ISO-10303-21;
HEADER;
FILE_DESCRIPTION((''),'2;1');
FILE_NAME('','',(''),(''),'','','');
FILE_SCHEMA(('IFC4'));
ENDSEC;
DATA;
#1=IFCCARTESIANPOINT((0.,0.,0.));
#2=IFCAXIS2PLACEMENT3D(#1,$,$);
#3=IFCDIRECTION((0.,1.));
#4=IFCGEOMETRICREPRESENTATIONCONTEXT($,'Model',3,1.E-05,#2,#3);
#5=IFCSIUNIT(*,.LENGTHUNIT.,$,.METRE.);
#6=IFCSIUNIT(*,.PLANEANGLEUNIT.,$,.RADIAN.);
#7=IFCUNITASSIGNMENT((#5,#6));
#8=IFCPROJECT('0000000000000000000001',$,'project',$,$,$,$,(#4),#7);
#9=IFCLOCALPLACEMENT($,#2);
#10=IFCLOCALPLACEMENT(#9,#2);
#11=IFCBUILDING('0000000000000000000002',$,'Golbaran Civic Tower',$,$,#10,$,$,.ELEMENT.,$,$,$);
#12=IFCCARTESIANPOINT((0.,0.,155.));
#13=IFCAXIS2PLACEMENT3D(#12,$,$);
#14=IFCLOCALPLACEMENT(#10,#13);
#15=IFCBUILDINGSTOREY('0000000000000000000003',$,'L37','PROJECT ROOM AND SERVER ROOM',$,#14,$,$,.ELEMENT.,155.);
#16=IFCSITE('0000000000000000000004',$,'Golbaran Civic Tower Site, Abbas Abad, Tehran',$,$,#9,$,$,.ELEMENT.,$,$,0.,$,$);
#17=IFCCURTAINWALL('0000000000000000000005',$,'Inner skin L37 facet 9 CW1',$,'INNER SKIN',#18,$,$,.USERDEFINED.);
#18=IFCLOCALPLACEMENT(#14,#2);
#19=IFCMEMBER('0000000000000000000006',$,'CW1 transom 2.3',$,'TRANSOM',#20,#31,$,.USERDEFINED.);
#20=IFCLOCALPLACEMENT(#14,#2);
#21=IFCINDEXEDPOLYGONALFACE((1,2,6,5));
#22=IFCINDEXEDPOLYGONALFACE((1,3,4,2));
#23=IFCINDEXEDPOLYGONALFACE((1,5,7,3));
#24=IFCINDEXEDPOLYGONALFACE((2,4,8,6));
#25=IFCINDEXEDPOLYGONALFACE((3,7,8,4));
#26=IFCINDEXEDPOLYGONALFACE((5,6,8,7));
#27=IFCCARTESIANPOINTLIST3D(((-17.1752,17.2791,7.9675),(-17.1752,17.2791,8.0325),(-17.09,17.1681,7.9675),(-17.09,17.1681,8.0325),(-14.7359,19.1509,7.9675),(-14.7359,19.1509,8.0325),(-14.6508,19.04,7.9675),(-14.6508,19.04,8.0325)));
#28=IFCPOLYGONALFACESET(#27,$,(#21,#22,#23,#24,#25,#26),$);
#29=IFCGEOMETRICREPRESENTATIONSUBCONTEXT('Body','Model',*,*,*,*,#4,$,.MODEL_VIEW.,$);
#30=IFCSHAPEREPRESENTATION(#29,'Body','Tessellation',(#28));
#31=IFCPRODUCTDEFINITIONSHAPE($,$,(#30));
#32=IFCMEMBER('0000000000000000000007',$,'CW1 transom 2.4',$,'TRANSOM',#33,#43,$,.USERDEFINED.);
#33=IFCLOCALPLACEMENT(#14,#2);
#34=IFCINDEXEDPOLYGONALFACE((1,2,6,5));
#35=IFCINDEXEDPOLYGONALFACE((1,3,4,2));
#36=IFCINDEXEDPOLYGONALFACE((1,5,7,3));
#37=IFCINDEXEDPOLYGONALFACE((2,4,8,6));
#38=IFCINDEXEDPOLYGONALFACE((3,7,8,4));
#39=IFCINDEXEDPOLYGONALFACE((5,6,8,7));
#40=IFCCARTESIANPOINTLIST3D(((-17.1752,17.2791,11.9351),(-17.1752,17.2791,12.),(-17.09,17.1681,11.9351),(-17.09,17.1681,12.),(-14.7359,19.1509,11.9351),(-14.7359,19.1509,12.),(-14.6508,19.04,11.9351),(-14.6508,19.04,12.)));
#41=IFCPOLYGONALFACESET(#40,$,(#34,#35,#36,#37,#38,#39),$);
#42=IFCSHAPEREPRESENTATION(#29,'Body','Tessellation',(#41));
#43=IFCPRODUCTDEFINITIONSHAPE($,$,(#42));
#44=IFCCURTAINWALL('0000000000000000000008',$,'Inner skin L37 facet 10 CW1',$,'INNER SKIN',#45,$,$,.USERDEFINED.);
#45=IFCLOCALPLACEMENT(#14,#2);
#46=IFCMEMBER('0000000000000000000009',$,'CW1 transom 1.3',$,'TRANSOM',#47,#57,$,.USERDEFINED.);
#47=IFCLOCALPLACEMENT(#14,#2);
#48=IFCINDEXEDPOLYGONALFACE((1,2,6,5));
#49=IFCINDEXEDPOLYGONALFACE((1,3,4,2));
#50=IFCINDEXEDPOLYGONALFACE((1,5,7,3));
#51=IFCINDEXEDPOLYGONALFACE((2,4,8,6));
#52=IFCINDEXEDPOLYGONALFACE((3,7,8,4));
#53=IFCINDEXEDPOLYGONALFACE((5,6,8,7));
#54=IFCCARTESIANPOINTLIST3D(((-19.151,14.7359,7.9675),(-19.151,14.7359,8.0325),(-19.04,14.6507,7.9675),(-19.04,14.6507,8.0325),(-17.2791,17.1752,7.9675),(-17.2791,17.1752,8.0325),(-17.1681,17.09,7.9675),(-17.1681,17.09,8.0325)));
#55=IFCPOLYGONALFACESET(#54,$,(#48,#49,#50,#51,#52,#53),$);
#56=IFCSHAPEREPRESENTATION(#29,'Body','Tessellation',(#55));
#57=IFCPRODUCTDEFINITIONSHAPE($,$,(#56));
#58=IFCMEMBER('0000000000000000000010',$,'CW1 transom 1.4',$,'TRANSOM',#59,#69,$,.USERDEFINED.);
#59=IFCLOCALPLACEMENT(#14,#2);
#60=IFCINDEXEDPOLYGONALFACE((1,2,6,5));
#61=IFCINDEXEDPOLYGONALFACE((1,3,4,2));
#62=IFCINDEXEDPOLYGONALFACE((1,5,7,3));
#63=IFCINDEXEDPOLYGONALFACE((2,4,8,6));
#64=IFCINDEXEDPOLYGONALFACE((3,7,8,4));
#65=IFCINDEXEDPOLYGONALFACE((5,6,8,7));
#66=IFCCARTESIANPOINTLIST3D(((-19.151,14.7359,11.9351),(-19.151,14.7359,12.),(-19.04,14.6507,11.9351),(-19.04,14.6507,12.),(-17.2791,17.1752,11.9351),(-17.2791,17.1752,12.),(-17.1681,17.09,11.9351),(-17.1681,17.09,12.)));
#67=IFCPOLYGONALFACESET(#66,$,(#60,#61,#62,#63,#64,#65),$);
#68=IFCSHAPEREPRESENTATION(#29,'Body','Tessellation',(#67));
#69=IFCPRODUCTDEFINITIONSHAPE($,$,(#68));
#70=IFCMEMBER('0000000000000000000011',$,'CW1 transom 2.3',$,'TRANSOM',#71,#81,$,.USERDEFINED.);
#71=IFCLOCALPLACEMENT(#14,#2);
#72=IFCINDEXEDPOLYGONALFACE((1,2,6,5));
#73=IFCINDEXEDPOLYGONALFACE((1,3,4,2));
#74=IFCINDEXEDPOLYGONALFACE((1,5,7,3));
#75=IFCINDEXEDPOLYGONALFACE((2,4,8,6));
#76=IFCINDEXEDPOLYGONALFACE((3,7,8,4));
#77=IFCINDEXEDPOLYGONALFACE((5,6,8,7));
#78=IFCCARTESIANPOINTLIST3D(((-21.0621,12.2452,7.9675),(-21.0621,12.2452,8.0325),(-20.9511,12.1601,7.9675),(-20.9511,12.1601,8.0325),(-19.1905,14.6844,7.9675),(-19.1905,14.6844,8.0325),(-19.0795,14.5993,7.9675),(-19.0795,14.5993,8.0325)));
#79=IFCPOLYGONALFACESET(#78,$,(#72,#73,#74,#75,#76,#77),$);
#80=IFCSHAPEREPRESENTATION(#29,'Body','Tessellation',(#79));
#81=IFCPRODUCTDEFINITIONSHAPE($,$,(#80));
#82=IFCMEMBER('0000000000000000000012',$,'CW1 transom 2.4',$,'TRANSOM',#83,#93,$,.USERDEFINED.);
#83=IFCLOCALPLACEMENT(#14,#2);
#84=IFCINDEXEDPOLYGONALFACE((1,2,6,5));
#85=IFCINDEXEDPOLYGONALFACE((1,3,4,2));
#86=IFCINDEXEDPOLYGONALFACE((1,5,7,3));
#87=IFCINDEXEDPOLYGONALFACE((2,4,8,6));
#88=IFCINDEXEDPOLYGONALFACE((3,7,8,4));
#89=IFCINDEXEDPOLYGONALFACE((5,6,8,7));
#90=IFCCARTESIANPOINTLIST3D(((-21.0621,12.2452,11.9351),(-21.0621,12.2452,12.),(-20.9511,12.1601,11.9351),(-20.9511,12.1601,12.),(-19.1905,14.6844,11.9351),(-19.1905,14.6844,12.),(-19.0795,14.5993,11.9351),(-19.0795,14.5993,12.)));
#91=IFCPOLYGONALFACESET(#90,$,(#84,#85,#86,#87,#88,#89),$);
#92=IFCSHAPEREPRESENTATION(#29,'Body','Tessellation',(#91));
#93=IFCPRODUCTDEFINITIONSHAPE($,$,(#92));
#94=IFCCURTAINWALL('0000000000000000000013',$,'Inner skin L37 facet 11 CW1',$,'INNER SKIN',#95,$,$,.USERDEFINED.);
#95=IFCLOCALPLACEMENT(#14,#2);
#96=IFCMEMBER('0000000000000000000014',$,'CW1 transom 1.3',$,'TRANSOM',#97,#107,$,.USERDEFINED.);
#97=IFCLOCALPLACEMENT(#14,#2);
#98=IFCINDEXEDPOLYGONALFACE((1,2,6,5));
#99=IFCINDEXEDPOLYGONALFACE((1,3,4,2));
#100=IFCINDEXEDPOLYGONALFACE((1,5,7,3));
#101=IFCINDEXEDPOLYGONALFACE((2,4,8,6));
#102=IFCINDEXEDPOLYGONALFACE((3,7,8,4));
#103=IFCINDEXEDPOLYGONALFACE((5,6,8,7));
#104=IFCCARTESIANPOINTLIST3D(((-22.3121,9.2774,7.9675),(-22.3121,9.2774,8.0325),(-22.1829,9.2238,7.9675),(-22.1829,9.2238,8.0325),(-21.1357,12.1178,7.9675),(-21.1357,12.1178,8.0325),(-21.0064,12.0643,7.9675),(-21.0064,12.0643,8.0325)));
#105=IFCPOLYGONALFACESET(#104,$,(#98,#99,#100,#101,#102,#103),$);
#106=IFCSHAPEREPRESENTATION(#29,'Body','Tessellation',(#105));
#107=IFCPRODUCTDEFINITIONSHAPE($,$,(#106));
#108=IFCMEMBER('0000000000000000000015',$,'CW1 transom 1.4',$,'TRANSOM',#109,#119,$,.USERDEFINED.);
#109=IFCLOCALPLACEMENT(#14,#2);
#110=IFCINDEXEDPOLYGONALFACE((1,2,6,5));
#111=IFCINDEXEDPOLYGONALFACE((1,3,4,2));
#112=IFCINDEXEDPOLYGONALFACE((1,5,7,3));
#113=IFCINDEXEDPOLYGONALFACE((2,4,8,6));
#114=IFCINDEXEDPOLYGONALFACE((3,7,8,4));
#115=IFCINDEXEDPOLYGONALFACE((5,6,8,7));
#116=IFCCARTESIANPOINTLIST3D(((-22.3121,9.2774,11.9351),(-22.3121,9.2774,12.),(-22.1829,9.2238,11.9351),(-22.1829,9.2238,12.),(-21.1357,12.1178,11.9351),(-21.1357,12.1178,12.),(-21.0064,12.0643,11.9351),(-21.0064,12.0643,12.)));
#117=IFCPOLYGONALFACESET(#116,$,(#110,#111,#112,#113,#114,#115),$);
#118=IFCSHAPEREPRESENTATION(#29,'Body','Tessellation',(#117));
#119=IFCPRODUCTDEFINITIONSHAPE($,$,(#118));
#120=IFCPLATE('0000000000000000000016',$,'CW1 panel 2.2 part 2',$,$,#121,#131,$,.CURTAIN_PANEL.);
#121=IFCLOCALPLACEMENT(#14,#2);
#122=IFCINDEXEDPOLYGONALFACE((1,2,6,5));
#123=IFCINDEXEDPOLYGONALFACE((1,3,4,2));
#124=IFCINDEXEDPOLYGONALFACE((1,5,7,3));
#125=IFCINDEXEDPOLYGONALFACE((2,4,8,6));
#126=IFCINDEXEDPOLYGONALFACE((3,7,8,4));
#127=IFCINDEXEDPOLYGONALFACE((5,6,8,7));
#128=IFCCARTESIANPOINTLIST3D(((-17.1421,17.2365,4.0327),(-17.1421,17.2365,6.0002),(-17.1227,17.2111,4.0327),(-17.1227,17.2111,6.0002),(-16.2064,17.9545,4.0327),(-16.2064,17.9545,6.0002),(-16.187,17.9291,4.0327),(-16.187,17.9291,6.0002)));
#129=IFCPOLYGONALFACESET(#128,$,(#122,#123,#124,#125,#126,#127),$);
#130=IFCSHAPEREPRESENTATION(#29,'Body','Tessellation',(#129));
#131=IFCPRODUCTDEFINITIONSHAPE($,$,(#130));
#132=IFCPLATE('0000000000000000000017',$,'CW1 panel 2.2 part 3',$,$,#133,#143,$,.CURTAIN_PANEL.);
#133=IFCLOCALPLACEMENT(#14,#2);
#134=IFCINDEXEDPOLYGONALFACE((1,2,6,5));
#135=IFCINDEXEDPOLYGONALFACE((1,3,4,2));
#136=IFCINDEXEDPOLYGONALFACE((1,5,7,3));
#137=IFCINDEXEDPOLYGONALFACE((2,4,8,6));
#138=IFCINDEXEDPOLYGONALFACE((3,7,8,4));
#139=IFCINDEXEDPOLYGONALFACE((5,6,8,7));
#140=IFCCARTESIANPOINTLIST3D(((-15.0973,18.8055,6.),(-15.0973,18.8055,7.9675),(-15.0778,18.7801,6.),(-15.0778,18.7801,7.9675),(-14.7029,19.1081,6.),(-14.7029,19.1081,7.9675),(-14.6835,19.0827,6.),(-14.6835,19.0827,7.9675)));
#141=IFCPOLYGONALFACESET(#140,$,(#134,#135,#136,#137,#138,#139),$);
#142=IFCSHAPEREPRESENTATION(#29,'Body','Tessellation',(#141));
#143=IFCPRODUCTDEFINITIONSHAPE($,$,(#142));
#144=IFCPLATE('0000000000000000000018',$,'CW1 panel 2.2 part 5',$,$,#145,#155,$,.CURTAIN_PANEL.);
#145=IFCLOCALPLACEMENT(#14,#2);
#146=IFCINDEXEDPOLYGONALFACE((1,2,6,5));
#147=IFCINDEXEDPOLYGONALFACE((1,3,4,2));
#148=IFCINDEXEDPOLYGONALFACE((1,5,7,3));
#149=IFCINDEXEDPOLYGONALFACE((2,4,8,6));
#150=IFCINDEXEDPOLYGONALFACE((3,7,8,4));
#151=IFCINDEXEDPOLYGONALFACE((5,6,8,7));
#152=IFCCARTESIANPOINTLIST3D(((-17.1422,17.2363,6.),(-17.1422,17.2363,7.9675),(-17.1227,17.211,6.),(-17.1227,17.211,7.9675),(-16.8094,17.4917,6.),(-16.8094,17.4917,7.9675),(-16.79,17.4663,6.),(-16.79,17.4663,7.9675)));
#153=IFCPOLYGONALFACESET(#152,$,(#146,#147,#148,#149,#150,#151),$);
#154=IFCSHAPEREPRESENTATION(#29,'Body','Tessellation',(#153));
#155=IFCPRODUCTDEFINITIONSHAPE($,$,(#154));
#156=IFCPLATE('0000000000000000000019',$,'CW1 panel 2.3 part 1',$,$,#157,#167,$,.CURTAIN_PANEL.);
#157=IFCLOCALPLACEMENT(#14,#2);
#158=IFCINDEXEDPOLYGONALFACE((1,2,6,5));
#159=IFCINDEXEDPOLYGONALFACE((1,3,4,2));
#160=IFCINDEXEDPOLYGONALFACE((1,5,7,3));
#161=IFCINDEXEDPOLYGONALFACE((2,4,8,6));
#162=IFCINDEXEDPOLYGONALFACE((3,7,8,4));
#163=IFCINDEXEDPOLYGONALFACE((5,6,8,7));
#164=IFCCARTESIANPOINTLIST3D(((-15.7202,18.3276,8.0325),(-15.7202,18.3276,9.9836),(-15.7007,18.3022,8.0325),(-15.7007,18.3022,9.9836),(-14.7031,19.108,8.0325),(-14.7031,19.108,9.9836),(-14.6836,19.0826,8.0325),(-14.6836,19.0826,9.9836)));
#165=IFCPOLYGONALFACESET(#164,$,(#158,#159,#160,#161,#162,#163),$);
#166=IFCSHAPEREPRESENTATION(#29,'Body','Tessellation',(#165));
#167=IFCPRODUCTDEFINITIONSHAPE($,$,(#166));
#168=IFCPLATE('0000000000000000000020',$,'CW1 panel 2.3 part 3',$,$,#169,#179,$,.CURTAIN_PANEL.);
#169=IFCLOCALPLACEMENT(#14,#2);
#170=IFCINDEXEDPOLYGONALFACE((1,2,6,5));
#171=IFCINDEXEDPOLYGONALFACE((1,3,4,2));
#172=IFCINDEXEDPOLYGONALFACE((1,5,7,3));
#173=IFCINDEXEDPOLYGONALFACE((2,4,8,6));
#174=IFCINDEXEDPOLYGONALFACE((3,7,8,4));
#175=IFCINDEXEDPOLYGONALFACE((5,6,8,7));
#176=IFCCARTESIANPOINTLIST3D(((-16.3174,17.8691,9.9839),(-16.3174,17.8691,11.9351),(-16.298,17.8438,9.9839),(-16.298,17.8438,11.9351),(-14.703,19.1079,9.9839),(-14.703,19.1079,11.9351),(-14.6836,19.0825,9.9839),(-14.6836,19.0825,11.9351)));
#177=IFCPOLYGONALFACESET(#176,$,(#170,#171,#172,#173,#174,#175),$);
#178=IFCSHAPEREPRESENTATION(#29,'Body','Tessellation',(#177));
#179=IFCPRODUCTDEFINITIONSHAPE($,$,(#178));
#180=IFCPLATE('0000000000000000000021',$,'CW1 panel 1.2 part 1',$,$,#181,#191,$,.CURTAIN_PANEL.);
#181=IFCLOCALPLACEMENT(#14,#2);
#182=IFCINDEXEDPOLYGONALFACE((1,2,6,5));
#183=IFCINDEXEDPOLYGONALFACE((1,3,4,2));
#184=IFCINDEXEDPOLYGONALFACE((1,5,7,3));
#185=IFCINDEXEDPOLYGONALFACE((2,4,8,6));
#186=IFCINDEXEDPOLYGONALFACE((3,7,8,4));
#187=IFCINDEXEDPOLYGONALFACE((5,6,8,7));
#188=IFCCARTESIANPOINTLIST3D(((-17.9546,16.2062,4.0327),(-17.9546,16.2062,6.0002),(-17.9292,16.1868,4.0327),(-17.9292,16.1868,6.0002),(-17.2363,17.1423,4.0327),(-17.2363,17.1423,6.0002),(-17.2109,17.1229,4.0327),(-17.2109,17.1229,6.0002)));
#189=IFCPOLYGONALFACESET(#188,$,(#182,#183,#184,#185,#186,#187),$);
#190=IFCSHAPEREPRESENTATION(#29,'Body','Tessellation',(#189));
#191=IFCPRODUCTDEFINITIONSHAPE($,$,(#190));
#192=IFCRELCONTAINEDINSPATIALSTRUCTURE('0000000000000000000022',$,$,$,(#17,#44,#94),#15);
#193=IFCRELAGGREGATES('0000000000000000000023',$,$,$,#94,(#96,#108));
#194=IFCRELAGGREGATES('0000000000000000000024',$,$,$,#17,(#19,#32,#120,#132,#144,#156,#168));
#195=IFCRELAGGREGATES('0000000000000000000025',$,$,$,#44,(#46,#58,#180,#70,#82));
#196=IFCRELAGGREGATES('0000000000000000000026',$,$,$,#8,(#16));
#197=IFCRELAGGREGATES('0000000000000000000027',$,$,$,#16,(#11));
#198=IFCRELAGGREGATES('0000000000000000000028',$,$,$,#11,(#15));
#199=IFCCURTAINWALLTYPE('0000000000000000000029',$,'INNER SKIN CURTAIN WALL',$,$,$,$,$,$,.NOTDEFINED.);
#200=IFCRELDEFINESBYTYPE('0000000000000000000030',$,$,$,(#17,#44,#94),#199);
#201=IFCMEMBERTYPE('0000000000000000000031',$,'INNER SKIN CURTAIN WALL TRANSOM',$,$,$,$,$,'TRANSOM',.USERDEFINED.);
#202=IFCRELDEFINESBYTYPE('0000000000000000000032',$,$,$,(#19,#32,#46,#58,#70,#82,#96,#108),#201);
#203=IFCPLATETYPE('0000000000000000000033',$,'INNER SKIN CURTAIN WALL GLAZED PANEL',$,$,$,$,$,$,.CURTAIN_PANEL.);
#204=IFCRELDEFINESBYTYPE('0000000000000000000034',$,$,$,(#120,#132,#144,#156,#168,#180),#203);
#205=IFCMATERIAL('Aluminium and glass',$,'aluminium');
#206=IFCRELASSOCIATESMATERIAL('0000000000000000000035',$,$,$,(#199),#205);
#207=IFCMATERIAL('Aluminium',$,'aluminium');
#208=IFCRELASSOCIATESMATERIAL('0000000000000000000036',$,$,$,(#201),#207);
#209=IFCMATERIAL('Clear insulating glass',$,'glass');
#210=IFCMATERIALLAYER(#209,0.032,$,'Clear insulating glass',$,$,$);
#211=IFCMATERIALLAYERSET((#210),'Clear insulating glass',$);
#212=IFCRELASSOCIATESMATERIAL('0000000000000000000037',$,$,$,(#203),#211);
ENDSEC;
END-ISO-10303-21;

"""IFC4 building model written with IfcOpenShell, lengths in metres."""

from ifc_helpers import new_model, si_unit, direction, frame, origin, origin_2d, place, context, subcontext, project, spatial, rectangle, extrude, material, layer, layer_set, material_profile, profile_set, type_object, element, aggregate, save


model = new_model("IFC4")

# Units and contexts
model_context = context("Model", 3, precision=1e-05, world=origin(), true_north=direction((0.0, 1.0)))
body_context = subcontext(model_context, "Body", "Model", "MODEL_VIEW")
ifc_project = project(units=[si_unit("LENGTHUNIT", "METRE"), si_unit("PLANEANGLEUNIT", "RADIAN")], contexts=[model_context])

# Site, building, storey
site_placement = place(None, origin())
site = spatial("IfcSite", under=ifc_project, at=site_placement, Name="Golbaran Civic Tower Site, Abbas Abad, Tehran", CompositionType="ELEMENT", RefElevation=0.0)
building_placement = place(site_placement, origin())
building = spatial("IfcBuilding", under=site, at=building_placement, Name="Golbaran Civic Tower", CompositionType="ELEMENT")
storey_placement = place(building_placement, frame((0.0, 0.0, 155.0)))
storey = spatial("IfcBuildingStorey", under=building, at=storey_placement, Name="L37", Description="PROJECT ROOM AND SERVER ROOM", CompositionType="ELEMENT", Elevation=155.0)

# Curtain walls, members
ifc_material_1 = material(Name="Aluminium and glass", Category="aluminium")
curtain_wall_type = type_object("IfcCurtainWallType", Name="INNER SKIN CURTAIN WALL", PredefinedType="NOTDEFINED", material=ifc_material_1)
curtain_wall_1_placement = place(storey_placement, origin())
curtain_wall_1 = element("IfcCurtainWall", 1, at=curtain_wall_1_placement, inside=storey, type_object=curtain_wall_type, Name="Inner skin L37 facet 9 CW1", ObjectType="INNER SKIN", PredefinedType="USERDEFINED")
ifc_material_2 = material(Name="Aluminium", Category="aluminium")
ifc_material_profile = material_profile(ifc_material_2, rectangle(XDim=0.1399, YDim=0.0649, at=origin_2d()), Name="INNER SKIN CURTAIN WALL TRANSOM")
ifc_profile_set = profile_set([ifc_material_profile], Name="Aluminium")
member_type = type_object("IfcMemberType", Name="INNER SKIN CURTAIN WALL TRANSOM", ElementType="TRANSOM", PredefinedType="USERDEFINED", material=ifc_profile_set)
member_1_placement = place(storey_placement, frame((-14.6934, 19.0955, 8.0), z_axis=(-0.793329, -0.608793, 0.0), x_axis=(0.608793, -0.793329, 0.0)))
member_1 = element("IfcMember", 2, at=member_1_placement, type_object=member_type, Name="CW1 transom 2.3", ObjectType="TRANSOM", PredefinedType="USERDEFINED", context=body_context, shape_type="SweptSolid", body=[
    extrude(rectangle(XDim=0.1399, YDim=0.0649, at=origin_2d()), origin(), (0.0, 0.0, 1.0), 3.0747),
])
member_2_placement = place(storey_placement, frame((-14.6934, 19.0955, 11.9675), z_axis=(-0.793329, -0.608793, 0.0), x_axis=(0.608793, -0.793329, 0.0)))
member_2 = element("IfcMember", 3, at=member_2_placement, type_object=member_type, Name="CW1 transom 2.4", ObjectType="TRANSOM", PredefinedType="USERDEFINED", context=body_context, shape_type="SweptSolid", body=[
    extrude(rectangle(XDim=0.1399, YDim=0.0649, at=origin_2d()), origin(), (0.0, 0.0, 1.0), 3.0747),
])
curtain_wall_2_placement = place(storey_placement, origin())
curtain_wall_2 = element("IfcCurtainWall", 4, at=curtain_wall_2_placement, inside=storey, type_object=curtain_wall_type, Name="Inner skin L37 facet 10 CW1", ObjectType="INNER SKIN", PredefinedType="USERDEFINED")
member_3_placement = place(storey_placement, frame((-17.2236, 17.1326, 8.0), z_axis=(-0.608793, -0.793329, 0.0), x_axis=(0.793329, -0.608793, 0.0)))
member_3 = element("IfcMember", 5, at=member_3_placement, type_object=member_type, Name="CW1 transom 1.3", ObjectType="TRANSOM", PredefinedType="USERDEFINED", context=body_context, shape_type="SweptSolid", body=[
    extrude(rectangle(XDim=0.1399, YDim=0.0649, at=origin_2d()), origin(), (0.0, 0.0, 1.0), 3.0747),
])
member_4_placement = place(storey_placement, frame((-17.2236, 17.1326, 11.9675), z_axis=(-0.608793, -0.793329, 0.0), x_axis=(0.793329, -0.608793, 0.0)))
member_4 = element("IfcMember", 6, at=member_4_placement, type_object=member_type, Name="CW1 transom 1.4", ObjectType="TRANSOM", PredefinedType="USERDEFINED", context=body_context, shape_type="SweptSolid", body=[
    extrude(rectangle(XDim=0.1399, YDim=0.0649, at=origin_2d()), origin(), (0.0, 0.0, 1.0), 3.0747),
])
member_5_placement = place(storey_placement, frame((-19.135, 14.6418, 8.0), z_axis=(-0.608743, -0.793367, 0.0), x_axis=(0.793367, -0.608743, 0.0)))
member_5 = element("IfcMember", 7, at=member_5_placement, type_object=member_type, Name="CW1 transom 2.3", ObjectType="TRANSOM", PredefinedType="USERDEFINED", context=body_context, shape_type="SweptSolid", body=[
    extrude(rectangle(XDim=0.1399, YDim=0.0649, at=origin_2d()), origin(), (0.0, 0.0, 1.0), 3.0745),
])
member_6_placement = place(storey_placement, frame((-19.135, 14.6418, 11.9675), z_axis=(-0.608743, -0.793367, 0.0), x_axis=(0.793367, -0.608743, 0.0)))
member_6 = element("IfcMember", 8, at=member_6_placement, type_object=member_type, Name="CW1 transom 2.4", ObjectType="TRANSOM", PredefinedType="USERDEFINED", context=body_context, shape_type="SweptSolid", body=[
    extrude(rectangle(XDim=0.1399, YDim=0.0649, at=origin_2d()), origin(), (0.0, 0.0, 1.0), 3.0745),
])
curtain_wall_3_placement = place(storey_placement, origin())
curtain_wall_3 = element("IfcCurtainWall", 9, at=curtain_wall_3_placement, inside=storey, type_object=curtain_wall_type, Name="Inner skin L37 facet 11 CW1", ObjectType="INNER SKIN", PredefinedType="USERDEFINED")
member_7_placement = place(storey_placement, frame((-21.071, 12.0911, 8.0), z_axis=(-0.382658, -0.92389, 0.0), x_axis=(0.92389, -0.382658, 0.0)))
member_7 = element("IfcMember", 10, at=member_7_placement, type_object=member_type, Name="CW1 transom 1.3", ObjectType="TRANSOM", PredefinedType="USERDEFINED", context=body_context, shape_type="SweptSolid", body=[
    extrude(rectangle(XDim=0.1399, YDim=0.0649, at=origin_2d()), origin(), (0.0, 0.0, 1.0), 3.0745),
])
member_8_placement = place(storey_placement, frame((-21.071, 12.0911, 11.9675), z_axis=(-0.382658, -0.92389, 0.0), x_axis=(0.92389, -0.382658, 0.0)))
member_8 = element("IfcMember", 11, at=member_8_placement, type_object=member_type, Name="CW1 transom 1.4", ObjectType="TRANSOM", PredefinedType="USERDEFINED", context=body_context, shape_type="SweptSolid", body=[
    extrude(rectangle(XDim=0.1399, YDim=0.0649, at=origin_2d()), origin(), (0.0, 0.0, 1.0), 3.0745),
])

# Plates
ifc_material_3 = material(Name="Clear insulating glass", Category="glass")
ifc_layer_1 = layer(ifc_material_3, 0.032, Name="Clear insulating glass")
ifc_layer_set_1 = layer_set([ifc_layer_1], Name="Clear insulating glass")
plate_type_1 = type_object("IfcPlateType", Name="INNER SKIN CURTAIN WALL GLAZED PANEL", PredefinedType="CURTAIN_PANEL", material=ifc_layer_set_1)
plate_1_placement = place(storey_placement, frame((-16.6646, 17.5828, 4.0327), z_axis=(0.0, 0.0, 1.0), x_axis=(-0.793353, -0.608761, 0.0)))
plate_1 = element("IfcPlate", 12, at=plate_1_placement, type_object=plate_type_1, Name="CW1 panel 2.2 part 2", PredefinedType="CURTAIN_PANEL", context=body_context, shape_type="SweptSolid", body=[
    extrude(rectangle(XDim=1.1794, YDim=0.032, at=origin_2d()), origin(), (0.0, 0.0, 1.0), 1.9675),
])
plate_2_placement = place(storey_placement, frame((-14.8904, 18.9441, 6.0), z_axis=(0.0, 0.0, 1.0), x_axis=(-0.793353, -0.608761, 0.0)))
plate_2 = element("IfcPlate", 13, at=plate_2_placement, type_object=plate_type_1, Name="CW1 panel 2.2 part 3", PredefinedType="CURTAIN_PANEL", context=body_context, shape_type="SweptSolid", body=[
    extrude(rectangle(XDim=0.4971, YDim=0.032, at=origin_2d()), origin(), (0.0, 0.0, 1.0), 1.9675),
])
plate_3_placement = place(storey_placement, frame((-16.9661, 17.3513, 6.0), z_axis=(0.0, 0.0, 1.0), x_axis=(-0.793353, -0.608761, 0.0)))
plate_3 = element("IfcPlate", 14, at=plate_3_placement, type_object=plate_type_1, Name="CW1 panel 2.2 part 5", PredefinedType="CURTAIN_PANEL", context=body_context, shape_type="SweptSolid", body=[
    extrude(rectangle(XDim=0.4194, YDim=0.032, at=origin_2d()), origin(), (0.0, 0.0, 1.0), 1.9675),
])
plate_4_placement = place(storey_placement, frame((-15.2019, 18.7051, 8.0325), z_axis=(0.0, 0.0, 1.0), x_axis=(-0.793353, -0.608761, 0.0)))
plate_4 = element("IfcPlate", 15, at=plate_4_placement, type_object=plate_type_1, Name="CW1 panel 2.3 part 1", PredefinedType="CURTAIN_PANEL", context=body_context, shape_type="SweptSolid", body=[
    extrude(rectangle(XDim=1.282, YDim=0.032, at=origin_2d()), origin(), (0.0, 0.0, 1.0), 1.9512),
])
plate_5_placement = place(storey_placement, frame((-15.5005, 18.4758, 9.9839), z_axis=(0.0, 0.0, 1.0), x_axis=(-0.793353, -0.608761, 0.0)))
plate_5 = element("IfcPlate", 16, at=plate_5_placement, type_object=plate_type_1, Name="CW1 panel 2.3 part 3", PredefinedType="CURTAIN_PANEL", context=body_context, shape_type="SweptSolid", body=[
    extrude(rectangle(XDim=2.0349, YDim=0.032, at=origin_2d()), origin(), (0.0, 0.0, 1.0), 1.9512),
])
plate_6_placement = place(storey_placement, frame((-17.5828, 16.6646, 4.0327), z_axis=(0.0, 0.0, 1.0), x_axis=(-0.608761, -0.793353, 0.0)))
plate_6 = element("IfcPlate", 17, at=plate_6_placement, type_object=plate_type_1, Name="CW1 panel 1.2 part 1", PredefinedType="CURTAIN_PANEL", context=body_context, shape_type="SweptSolid", body=[
    extrude(rectangle(XDim=1.1799, YDim=0.032, at=origin_2d()), origin(), (0.0, 0.0, 1.0), 1.9675),
])
aggregate(curtain_wall_3, [member_7, member_8])
aggregate(curtain_wall_1, [member_1, member_2, plate_1, plate_2, plate_3, plate_4, plate_5])
aggregate(curtain_wall_2, [member_3, member_4, plate_6, member_5, member_6])

save(model, "model.ifc")
